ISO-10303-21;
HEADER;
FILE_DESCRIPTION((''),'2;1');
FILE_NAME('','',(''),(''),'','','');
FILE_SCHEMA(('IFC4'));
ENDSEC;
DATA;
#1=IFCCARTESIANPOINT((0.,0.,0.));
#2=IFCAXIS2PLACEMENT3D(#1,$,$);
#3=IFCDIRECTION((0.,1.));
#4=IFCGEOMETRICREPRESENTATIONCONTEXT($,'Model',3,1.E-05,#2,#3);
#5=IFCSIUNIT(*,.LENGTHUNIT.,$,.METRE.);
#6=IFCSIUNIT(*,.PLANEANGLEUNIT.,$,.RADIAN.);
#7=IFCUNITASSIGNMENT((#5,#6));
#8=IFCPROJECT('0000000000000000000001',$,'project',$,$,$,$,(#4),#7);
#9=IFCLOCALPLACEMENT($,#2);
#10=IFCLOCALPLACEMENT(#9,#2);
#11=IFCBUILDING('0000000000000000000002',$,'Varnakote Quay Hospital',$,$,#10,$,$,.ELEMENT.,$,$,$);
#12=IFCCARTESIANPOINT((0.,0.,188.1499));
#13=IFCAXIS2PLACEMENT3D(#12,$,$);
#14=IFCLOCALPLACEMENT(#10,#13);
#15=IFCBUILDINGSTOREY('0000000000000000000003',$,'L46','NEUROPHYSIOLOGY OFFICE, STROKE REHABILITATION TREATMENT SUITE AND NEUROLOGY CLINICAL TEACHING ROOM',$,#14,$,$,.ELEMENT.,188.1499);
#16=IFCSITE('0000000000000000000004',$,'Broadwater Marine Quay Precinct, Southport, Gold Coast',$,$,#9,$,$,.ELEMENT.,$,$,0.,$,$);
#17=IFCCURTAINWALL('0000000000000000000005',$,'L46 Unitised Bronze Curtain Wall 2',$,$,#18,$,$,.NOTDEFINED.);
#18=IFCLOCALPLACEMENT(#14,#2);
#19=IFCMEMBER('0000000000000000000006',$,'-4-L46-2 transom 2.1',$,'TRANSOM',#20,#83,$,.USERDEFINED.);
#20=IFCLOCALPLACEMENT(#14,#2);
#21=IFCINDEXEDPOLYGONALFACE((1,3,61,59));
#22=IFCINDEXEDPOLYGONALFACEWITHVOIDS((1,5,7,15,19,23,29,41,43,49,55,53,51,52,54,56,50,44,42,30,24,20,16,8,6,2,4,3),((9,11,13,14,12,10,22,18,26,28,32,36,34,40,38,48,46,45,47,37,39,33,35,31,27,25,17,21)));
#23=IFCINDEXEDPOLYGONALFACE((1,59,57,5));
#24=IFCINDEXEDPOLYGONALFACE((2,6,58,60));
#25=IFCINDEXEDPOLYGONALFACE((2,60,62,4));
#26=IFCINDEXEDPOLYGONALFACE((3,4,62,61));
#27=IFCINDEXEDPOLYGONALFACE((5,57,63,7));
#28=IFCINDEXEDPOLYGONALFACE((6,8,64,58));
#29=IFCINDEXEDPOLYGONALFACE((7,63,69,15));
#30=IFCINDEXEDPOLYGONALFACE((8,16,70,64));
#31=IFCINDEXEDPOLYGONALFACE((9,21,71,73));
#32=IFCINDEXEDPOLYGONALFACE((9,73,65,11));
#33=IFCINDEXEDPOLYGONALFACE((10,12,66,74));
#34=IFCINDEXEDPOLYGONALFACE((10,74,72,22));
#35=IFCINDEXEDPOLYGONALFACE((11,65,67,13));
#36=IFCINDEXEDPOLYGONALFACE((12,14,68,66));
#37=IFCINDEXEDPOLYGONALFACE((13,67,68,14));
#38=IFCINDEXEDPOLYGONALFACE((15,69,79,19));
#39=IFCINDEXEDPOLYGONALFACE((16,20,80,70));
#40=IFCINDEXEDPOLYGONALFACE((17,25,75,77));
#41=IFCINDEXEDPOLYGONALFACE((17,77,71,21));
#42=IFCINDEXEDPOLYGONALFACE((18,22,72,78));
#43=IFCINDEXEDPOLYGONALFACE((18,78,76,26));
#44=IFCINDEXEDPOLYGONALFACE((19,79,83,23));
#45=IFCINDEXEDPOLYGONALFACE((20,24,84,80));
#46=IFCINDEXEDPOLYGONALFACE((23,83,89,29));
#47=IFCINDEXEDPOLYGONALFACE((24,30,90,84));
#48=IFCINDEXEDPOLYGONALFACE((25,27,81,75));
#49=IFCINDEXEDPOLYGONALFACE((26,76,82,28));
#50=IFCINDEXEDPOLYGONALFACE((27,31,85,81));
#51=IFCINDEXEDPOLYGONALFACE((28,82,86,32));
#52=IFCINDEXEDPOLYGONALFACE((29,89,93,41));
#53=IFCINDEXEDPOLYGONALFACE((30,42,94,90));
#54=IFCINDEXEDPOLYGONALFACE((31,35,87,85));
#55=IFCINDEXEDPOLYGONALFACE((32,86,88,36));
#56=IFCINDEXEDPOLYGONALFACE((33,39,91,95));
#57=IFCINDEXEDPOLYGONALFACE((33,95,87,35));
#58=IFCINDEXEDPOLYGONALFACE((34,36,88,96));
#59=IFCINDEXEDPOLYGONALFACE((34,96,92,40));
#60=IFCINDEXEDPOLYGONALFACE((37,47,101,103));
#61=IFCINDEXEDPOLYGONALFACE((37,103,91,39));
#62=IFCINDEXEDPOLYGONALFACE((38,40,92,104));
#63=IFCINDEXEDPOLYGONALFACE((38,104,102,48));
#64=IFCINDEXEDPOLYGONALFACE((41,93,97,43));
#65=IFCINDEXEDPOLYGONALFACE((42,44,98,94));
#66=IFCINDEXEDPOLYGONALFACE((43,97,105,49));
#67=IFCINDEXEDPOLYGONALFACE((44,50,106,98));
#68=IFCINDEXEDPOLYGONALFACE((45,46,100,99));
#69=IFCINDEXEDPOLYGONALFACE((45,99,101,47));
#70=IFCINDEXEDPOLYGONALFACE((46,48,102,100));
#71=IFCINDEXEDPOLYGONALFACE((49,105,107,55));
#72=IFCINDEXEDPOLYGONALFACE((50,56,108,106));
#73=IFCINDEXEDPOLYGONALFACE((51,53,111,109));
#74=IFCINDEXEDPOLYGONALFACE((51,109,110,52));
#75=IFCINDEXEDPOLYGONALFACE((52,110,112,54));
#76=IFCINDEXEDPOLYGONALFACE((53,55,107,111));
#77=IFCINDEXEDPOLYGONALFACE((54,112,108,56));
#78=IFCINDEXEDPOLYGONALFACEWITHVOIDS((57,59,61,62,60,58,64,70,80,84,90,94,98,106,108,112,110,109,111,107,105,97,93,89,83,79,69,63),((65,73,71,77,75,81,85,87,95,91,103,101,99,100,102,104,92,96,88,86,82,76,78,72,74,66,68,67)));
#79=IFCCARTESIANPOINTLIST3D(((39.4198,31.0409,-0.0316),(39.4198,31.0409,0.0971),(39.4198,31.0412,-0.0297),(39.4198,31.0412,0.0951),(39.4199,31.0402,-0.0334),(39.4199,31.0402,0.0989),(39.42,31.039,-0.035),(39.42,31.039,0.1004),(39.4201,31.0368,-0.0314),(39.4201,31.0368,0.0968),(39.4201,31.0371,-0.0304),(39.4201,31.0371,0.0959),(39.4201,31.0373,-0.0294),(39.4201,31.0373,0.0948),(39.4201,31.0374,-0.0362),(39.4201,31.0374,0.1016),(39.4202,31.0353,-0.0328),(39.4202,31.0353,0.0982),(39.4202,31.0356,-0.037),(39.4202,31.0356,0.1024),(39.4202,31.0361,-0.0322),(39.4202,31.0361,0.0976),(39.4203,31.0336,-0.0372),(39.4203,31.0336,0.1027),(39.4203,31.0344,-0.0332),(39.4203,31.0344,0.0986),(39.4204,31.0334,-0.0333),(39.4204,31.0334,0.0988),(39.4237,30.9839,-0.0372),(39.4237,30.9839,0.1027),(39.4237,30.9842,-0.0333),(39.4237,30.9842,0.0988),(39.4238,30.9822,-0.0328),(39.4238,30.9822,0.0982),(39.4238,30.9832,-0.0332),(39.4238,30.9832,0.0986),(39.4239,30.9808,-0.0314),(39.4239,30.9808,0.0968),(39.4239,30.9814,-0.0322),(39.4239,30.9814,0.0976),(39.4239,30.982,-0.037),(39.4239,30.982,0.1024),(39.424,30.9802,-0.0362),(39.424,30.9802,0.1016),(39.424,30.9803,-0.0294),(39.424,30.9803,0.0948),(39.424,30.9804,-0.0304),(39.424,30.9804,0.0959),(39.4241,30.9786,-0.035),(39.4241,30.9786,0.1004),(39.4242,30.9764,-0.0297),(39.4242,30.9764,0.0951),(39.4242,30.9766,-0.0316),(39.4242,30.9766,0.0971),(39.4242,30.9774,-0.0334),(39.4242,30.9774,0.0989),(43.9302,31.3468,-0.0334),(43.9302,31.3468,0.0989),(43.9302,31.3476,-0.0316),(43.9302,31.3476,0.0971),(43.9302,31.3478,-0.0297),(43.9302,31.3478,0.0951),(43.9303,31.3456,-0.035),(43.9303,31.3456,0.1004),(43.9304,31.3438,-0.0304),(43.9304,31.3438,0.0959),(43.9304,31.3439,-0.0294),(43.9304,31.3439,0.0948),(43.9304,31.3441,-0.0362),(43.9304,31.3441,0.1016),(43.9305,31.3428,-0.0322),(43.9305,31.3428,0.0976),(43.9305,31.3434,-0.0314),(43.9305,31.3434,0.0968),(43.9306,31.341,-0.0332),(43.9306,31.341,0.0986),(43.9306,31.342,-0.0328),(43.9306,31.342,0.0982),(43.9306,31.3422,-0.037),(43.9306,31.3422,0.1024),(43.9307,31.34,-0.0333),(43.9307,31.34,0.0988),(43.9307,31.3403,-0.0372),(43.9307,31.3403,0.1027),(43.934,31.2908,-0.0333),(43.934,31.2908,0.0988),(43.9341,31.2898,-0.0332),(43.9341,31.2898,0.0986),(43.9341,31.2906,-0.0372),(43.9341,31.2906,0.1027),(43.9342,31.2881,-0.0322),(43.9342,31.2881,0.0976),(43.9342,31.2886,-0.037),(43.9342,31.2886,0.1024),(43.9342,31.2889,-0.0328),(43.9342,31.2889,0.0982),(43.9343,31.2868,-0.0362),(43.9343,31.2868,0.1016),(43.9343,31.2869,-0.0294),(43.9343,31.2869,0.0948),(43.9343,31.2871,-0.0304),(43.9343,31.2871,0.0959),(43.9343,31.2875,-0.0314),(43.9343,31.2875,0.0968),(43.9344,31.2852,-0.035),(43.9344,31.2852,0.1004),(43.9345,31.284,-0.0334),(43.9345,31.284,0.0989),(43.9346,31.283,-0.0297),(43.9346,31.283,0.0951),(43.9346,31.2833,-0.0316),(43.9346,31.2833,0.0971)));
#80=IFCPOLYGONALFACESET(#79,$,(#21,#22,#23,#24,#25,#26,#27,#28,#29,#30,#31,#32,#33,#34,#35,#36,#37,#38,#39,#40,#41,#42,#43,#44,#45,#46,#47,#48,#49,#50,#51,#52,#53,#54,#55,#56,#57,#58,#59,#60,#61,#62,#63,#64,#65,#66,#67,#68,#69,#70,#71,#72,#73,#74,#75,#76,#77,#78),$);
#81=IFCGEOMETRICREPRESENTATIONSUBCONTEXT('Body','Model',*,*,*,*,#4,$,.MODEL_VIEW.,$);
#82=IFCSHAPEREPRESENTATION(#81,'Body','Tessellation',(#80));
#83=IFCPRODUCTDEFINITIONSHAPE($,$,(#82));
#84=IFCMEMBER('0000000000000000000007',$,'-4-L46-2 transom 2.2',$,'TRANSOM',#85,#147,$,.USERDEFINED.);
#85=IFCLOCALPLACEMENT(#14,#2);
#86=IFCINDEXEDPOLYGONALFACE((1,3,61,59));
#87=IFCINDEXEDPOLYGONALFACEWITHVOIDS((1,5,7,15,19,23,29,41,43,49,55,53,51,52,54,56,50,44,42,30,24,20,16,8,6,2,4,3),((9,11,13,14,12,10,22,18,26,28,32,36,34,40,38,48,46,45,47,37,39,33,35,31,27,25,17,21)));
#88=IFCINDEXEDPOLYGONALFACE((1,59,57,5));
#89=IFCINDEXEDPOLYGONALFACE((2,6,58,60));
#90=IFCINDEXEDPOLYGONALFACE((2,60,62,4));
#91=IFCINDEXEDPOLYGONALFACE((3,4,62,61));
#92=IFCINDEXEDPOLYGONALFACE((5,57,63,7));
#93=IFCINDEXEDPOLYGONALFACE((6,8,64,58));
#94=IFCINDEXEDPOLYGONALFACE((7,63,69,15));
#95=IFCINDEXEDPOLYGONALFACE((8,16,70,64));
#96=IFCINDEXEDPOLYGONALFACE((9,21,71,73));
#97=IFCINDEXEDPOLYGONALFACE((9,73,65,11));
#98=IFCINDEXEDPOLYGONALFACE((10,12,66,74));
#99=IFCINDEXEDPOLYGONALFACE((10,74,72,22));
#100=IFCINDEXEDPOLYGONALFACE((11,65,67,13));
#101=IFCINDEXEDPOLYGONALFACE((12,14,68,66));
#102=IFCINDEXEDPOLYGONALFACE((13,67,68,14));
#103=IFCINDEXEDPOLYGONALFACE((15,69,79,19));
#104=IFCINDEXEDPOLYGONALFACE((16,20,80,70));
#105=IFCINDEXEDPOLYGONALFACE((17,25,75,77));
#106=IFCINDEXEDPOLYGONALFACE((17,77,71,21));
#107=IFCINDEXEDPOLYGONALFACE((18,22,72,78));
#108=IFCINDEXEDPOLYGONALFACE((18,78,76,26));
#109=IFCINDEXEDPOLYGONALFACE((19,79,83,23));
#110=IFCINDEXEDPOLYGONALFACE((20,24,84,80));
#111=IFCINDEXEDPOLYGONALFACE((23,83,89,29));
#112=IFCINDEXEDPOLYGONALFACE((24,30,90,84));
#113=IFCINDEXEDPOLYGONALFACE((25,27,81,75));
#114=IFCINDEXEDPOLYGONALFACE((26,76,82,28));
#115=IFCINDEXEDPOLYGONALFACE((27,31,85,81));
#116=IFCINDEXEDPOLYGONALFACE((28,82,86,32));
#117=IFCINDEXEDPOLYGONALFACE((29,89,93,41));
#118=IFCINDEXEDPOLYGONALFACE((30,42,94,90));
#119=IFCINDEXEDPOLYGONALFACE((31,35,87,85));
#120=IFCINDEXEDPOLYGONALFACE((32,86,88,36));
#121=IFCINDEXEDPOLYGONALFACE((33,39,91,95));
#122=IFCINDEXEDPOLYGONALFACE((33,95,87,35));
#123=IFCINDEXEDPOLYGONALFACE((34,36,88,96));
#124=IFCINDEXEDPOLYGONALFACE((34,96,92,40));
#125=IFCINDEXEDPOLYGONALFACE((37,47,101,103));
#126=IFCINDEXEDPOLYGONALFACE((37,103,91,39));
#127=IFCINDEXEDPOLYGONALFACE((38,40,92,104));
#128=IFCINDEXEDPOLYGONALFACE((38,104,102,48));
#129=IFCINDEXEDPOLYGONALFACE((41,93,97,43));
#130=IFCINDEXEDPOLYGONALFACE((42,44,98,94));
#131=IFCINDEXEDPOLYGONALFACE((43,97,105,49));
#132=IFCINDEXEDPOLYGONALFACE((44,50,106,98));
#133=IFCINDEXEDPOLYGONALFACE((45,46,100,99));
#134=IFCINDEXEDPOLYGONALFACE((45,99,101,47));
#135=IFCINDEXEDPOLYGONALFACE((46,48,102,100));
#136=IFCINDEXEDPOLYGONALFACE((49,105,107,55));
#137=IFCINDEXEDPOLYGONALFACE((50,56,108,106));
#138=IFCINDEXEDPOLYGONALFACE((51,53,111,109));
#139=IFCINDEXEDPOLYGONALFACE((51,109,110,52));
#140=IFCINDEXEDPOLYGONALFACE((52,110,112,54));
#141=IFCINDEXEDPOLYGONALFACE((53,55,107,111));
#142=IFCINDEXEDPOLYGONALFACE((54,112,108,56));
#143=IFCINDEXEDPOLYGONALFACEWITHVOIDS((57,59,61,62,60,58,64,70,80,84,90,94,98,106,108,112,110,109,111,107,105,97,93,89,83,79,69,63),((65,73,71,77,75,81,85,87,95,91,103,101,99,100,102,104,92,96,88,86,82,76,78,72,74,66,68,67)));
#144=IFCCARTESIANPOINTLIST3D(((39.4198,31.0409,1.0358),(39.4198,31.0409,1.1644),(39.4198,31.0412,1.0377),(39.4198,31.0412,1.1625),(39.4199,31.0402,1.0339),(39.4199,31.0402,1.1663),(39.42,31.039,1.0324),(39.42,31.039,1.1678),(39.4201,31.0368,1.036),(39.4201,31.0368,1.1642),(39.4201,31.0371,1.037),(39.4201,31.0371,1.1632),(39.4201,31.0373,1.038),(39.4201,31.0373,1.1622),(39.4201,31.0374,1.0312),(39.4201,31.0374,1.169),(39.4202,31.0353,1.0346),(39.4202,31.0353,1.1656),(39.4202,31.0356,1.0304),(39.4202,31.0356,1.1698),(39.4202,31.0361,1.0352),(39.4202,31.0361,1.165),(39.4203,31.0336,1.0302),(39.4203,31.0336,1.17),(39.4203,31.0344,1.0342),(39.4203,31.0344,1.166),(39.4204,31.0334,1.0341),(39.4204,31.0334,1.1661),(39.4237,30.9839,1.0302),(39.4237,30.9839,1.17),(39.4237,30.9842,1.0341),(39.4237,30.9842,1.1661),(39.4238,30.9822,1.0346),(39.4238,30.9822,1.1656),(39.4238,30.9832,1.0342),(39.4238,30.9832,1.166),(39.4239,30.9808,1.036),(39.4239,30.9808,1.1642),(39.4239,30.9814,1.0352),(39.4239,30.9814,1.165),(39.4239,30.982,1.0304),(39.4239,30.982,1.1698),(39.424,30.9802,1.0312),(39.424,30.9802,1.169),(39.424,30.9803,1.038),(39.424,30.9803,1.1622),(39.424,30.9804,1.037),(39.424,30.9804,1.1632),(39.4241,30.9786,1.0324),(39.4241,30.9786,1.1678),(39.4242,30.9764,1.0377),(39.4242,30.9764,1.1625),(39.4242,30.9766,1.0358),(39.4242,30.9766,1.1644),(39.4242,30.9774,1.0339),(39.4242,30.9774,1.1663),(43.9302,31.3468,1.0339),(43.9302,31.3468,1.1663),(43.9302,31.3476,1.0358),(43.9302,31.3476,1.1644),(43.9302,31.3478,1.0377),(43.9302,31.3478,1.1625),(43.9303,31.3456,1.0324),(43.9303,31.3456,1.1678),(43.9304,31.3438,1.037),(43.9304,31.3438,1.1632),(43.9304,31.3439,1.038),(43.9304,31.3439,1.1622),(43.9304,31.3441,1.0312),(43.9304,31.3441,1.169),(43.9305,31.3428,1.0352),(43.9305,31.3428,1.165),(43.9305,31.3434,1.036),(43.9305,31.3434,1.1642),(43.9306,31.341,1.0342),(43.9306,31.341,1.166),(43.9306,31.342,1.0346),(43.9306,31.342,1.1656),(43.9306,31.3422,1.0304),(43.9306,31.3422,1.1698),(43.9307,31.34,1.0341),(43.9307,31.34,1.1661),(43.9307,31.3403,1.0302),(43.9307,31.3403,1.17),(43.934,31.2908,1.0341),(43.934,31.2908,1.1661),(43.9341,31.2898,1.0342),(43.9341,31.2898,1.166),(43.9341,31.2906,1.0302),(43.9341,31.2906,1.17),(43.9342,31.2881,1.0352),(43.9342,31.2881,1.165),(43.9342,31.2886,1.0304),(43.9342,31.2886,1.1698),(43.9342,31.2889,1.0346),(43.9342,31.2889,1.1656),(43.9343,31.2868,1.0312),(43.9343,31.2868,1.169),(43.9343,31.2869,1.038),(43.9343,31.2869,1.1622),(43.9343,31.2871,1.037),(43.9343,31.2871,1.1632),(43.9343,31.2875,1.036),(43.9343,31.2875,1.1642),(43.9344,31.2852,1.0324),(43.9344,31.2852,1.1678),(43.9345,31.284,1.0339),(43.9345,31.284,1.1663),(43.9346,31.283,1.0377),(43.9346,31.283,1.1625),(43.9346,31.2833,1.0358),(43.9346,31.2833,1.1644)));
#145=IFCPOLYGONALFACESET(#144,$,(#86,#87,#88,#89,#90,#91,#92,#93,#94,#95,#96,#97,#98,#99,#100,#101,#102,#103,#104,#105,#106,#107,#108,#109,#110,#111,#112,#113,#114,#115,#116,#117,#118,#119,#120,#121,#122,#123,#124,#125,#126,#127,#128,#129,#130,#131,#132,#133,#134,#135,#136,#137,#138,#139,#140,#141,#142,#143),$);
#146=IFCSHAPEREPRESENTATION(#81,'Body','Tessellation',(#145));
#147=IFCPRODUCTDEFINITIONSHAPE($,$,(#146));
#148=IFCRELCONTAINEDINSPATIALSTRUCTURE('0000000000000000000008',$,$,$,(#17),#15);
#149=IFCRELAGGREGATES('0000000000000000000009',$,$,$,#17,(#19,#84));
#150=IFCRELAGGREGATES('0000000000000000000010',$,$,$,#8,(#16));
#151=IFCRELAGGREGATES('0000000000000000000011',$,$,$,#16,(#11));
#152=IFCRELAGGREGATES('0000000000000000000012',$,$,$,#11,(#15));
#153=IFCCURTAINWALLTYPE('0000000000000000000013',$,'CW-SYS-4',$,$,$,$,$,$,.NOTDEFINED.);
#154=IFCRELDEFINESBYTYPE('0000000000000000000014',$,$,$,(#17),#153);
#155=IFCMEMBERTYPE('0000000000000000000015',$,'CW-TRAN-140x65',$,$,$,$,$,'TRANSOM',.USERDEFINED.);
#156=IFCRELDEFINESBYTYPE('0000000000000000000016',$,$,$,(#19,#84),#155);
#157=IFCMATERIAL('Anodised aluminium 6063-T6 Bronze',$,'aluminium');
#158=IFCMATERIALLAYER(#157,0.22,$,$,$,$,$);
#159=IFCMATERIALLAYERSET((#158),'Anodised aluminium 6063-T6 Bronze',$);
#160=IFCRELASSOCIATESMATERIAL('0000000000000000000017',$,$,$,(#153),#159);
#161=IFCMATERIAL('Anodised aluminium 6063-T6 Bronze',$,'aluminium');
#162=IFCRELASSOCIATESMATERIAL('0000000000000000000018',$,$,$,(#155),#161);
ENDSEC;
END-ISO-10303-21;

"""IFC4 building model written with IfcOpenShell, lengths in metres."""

from ifc_helpers import new_model, si_unit, direction, frame, origin, origin_2d, place, context, subcontext, project, spatial, hollow_rectangle, extrude, material, layer, layer_set, material_profile, profile_set, type_object, element, aggregate, save


model = new_model("IFC4")

# Units and contexts
model_context = context("Model", 3, precision=1e-05, world=origin(), true_north=direction((0.0, 1.0)))
body_context = subcontext(model_context, "Body", "Model", "MODEL_VIEW")
ifc_project = project(units=[si_unit("LENGTHUNIT", "METRE"), si_unit("PLANEANGLEUNIT", "RADIAN")], contexts=[model_context])

# Site, building, storey
site_placement = place(None, origin())
site = spatial("IfcSite", under=ifc_project, at=site_placement, Name="Broadwater Marine Quay Precinct, Southport, Gold Coast", CompositionType="ELEMENT", RefElevation=0.0)
building_placement = place(site_placement, origin())
building = spatial("IfcBuilding", under=site, at=building_placement, Name="Varnakote Quay Hospital", CompositionType="ELEMENT")
storey_placement = place(building_placement, frame((0.0, 0.0, 188.1499)))
storey = spatial("IfcBuildingStorey", under=building, at=storey_placement, Name="L46", Description="NEUROPHYSIOLOGY OFFICE, STROKE REHABILITATION TREATMENT SUITE AND NEUROLOGY CLINICAL TEACHING ROOM", CompositionType="ELEMENT", Elevation=188.1499)

# Shared definitions
ifc_material_1 = material(Name="Anodised aluminium 6063-T6 Bronze", Category="aluminium")
ifc_layer_1 = layer(ifc_material_1, 0.22)
ifc_layer_set_1 = layer_set([ifc_layer_1], Name="Anodised aluminium 6063-T6 Bronze")
curtain_wall_type = type_object("IfcCurtainWallType", Name="CW-SYS-4", PredefinedType="NOTDEFINED", material=ifc_layer_set_1)

# Curtain wall, members
curtain_wall_1_placement = place(storey_placement, origin())
curtain_wall_1 = element("IfcCurtainWall", 1, at=curtain_wall_1_placement, inside=storey, type_object=curtain_wall_type, Name="L46 Unitised Bronze Curtain Wall 2", PredefinedType="NOTDEFINED")
ifc_material_2 = material(Name="Anodised aluminium 6063-T6 Bronze", Category="aluminium")
ifc_material_profile_1 = material_profile(ifc_material_2, hollow_rectangle(XDim=0.0649, YDim=0.1399, WallThickness=0.0039, InnerFilletRadius=0.0039, OuterFilletRadius=0.0076, at=origin_2d()), Name="CW-TRAN-140x65")
ifc_profile_set_1 = profile_set([ifc_material_profile_1], Name="Anodised aluminium 6063-T6 Bronze")
member_type_1 = type_object("IfcMemberType", Name="CW-TRAN-140x65", ElementType="TRANSOM", PredefinedType="USERDEFINED", material=ifc_profile_set_1)
member_1_placement = place(storey_placement, frame((43.9324, 31.3154, 0.0327), z_axis=(-0.997697, -0.067831, 0.0), x_axis=(0.067831, -0.997697, 0.0)))
member_1 = element("IfcMember", 2, at=member_1_placement, type_object=member_type_1, Name="-4-L46-2 transom 2.1", ObjectType="TRANSOM", PredefinedType="USERDEFINED", context=body_context, shape_type="SweptSolid", body=[
    extrude(hollow_rectangle(XDim=0.0649, YDim=0.1399, WallThickness=0.0039, InnerFilletRadius=0.0039, OuterFilletRadius=0.0076, at=origin_2d()), origin(), (0.0, 0.0, 1.0), 4.5208),
])
member_2_placement = place(storey_placement, frame((43.9324, 31.3154, 1.1001), z_axis=(-0.997697, -0.067831, 0.0), x_axis=(0.067831, -0.997697, 0.0)))
member_2 = element("IfcMember", 3, at=member_2_placement, type_object=member_type_1, Name="-4-L46-2 transom 2.2", ObjectType="TRANSOM", PredefinedType="USERDEFINED", context=body_context, shape_type="SweptSolid", body=[
    extrude(hollow_rectangle(XDim=0.0649, YDim=0.1399, WallThickness=0.0039, InnerFilletRadius=0.0039, OuterFilletRadius=0.0076, at=origin_2d()), origin(), (0.0, 0.0, 1.0), 4.5208),
])
aggregate(curtain_wall_1, [member_1, member_2])

save(model, "model.ifc")
